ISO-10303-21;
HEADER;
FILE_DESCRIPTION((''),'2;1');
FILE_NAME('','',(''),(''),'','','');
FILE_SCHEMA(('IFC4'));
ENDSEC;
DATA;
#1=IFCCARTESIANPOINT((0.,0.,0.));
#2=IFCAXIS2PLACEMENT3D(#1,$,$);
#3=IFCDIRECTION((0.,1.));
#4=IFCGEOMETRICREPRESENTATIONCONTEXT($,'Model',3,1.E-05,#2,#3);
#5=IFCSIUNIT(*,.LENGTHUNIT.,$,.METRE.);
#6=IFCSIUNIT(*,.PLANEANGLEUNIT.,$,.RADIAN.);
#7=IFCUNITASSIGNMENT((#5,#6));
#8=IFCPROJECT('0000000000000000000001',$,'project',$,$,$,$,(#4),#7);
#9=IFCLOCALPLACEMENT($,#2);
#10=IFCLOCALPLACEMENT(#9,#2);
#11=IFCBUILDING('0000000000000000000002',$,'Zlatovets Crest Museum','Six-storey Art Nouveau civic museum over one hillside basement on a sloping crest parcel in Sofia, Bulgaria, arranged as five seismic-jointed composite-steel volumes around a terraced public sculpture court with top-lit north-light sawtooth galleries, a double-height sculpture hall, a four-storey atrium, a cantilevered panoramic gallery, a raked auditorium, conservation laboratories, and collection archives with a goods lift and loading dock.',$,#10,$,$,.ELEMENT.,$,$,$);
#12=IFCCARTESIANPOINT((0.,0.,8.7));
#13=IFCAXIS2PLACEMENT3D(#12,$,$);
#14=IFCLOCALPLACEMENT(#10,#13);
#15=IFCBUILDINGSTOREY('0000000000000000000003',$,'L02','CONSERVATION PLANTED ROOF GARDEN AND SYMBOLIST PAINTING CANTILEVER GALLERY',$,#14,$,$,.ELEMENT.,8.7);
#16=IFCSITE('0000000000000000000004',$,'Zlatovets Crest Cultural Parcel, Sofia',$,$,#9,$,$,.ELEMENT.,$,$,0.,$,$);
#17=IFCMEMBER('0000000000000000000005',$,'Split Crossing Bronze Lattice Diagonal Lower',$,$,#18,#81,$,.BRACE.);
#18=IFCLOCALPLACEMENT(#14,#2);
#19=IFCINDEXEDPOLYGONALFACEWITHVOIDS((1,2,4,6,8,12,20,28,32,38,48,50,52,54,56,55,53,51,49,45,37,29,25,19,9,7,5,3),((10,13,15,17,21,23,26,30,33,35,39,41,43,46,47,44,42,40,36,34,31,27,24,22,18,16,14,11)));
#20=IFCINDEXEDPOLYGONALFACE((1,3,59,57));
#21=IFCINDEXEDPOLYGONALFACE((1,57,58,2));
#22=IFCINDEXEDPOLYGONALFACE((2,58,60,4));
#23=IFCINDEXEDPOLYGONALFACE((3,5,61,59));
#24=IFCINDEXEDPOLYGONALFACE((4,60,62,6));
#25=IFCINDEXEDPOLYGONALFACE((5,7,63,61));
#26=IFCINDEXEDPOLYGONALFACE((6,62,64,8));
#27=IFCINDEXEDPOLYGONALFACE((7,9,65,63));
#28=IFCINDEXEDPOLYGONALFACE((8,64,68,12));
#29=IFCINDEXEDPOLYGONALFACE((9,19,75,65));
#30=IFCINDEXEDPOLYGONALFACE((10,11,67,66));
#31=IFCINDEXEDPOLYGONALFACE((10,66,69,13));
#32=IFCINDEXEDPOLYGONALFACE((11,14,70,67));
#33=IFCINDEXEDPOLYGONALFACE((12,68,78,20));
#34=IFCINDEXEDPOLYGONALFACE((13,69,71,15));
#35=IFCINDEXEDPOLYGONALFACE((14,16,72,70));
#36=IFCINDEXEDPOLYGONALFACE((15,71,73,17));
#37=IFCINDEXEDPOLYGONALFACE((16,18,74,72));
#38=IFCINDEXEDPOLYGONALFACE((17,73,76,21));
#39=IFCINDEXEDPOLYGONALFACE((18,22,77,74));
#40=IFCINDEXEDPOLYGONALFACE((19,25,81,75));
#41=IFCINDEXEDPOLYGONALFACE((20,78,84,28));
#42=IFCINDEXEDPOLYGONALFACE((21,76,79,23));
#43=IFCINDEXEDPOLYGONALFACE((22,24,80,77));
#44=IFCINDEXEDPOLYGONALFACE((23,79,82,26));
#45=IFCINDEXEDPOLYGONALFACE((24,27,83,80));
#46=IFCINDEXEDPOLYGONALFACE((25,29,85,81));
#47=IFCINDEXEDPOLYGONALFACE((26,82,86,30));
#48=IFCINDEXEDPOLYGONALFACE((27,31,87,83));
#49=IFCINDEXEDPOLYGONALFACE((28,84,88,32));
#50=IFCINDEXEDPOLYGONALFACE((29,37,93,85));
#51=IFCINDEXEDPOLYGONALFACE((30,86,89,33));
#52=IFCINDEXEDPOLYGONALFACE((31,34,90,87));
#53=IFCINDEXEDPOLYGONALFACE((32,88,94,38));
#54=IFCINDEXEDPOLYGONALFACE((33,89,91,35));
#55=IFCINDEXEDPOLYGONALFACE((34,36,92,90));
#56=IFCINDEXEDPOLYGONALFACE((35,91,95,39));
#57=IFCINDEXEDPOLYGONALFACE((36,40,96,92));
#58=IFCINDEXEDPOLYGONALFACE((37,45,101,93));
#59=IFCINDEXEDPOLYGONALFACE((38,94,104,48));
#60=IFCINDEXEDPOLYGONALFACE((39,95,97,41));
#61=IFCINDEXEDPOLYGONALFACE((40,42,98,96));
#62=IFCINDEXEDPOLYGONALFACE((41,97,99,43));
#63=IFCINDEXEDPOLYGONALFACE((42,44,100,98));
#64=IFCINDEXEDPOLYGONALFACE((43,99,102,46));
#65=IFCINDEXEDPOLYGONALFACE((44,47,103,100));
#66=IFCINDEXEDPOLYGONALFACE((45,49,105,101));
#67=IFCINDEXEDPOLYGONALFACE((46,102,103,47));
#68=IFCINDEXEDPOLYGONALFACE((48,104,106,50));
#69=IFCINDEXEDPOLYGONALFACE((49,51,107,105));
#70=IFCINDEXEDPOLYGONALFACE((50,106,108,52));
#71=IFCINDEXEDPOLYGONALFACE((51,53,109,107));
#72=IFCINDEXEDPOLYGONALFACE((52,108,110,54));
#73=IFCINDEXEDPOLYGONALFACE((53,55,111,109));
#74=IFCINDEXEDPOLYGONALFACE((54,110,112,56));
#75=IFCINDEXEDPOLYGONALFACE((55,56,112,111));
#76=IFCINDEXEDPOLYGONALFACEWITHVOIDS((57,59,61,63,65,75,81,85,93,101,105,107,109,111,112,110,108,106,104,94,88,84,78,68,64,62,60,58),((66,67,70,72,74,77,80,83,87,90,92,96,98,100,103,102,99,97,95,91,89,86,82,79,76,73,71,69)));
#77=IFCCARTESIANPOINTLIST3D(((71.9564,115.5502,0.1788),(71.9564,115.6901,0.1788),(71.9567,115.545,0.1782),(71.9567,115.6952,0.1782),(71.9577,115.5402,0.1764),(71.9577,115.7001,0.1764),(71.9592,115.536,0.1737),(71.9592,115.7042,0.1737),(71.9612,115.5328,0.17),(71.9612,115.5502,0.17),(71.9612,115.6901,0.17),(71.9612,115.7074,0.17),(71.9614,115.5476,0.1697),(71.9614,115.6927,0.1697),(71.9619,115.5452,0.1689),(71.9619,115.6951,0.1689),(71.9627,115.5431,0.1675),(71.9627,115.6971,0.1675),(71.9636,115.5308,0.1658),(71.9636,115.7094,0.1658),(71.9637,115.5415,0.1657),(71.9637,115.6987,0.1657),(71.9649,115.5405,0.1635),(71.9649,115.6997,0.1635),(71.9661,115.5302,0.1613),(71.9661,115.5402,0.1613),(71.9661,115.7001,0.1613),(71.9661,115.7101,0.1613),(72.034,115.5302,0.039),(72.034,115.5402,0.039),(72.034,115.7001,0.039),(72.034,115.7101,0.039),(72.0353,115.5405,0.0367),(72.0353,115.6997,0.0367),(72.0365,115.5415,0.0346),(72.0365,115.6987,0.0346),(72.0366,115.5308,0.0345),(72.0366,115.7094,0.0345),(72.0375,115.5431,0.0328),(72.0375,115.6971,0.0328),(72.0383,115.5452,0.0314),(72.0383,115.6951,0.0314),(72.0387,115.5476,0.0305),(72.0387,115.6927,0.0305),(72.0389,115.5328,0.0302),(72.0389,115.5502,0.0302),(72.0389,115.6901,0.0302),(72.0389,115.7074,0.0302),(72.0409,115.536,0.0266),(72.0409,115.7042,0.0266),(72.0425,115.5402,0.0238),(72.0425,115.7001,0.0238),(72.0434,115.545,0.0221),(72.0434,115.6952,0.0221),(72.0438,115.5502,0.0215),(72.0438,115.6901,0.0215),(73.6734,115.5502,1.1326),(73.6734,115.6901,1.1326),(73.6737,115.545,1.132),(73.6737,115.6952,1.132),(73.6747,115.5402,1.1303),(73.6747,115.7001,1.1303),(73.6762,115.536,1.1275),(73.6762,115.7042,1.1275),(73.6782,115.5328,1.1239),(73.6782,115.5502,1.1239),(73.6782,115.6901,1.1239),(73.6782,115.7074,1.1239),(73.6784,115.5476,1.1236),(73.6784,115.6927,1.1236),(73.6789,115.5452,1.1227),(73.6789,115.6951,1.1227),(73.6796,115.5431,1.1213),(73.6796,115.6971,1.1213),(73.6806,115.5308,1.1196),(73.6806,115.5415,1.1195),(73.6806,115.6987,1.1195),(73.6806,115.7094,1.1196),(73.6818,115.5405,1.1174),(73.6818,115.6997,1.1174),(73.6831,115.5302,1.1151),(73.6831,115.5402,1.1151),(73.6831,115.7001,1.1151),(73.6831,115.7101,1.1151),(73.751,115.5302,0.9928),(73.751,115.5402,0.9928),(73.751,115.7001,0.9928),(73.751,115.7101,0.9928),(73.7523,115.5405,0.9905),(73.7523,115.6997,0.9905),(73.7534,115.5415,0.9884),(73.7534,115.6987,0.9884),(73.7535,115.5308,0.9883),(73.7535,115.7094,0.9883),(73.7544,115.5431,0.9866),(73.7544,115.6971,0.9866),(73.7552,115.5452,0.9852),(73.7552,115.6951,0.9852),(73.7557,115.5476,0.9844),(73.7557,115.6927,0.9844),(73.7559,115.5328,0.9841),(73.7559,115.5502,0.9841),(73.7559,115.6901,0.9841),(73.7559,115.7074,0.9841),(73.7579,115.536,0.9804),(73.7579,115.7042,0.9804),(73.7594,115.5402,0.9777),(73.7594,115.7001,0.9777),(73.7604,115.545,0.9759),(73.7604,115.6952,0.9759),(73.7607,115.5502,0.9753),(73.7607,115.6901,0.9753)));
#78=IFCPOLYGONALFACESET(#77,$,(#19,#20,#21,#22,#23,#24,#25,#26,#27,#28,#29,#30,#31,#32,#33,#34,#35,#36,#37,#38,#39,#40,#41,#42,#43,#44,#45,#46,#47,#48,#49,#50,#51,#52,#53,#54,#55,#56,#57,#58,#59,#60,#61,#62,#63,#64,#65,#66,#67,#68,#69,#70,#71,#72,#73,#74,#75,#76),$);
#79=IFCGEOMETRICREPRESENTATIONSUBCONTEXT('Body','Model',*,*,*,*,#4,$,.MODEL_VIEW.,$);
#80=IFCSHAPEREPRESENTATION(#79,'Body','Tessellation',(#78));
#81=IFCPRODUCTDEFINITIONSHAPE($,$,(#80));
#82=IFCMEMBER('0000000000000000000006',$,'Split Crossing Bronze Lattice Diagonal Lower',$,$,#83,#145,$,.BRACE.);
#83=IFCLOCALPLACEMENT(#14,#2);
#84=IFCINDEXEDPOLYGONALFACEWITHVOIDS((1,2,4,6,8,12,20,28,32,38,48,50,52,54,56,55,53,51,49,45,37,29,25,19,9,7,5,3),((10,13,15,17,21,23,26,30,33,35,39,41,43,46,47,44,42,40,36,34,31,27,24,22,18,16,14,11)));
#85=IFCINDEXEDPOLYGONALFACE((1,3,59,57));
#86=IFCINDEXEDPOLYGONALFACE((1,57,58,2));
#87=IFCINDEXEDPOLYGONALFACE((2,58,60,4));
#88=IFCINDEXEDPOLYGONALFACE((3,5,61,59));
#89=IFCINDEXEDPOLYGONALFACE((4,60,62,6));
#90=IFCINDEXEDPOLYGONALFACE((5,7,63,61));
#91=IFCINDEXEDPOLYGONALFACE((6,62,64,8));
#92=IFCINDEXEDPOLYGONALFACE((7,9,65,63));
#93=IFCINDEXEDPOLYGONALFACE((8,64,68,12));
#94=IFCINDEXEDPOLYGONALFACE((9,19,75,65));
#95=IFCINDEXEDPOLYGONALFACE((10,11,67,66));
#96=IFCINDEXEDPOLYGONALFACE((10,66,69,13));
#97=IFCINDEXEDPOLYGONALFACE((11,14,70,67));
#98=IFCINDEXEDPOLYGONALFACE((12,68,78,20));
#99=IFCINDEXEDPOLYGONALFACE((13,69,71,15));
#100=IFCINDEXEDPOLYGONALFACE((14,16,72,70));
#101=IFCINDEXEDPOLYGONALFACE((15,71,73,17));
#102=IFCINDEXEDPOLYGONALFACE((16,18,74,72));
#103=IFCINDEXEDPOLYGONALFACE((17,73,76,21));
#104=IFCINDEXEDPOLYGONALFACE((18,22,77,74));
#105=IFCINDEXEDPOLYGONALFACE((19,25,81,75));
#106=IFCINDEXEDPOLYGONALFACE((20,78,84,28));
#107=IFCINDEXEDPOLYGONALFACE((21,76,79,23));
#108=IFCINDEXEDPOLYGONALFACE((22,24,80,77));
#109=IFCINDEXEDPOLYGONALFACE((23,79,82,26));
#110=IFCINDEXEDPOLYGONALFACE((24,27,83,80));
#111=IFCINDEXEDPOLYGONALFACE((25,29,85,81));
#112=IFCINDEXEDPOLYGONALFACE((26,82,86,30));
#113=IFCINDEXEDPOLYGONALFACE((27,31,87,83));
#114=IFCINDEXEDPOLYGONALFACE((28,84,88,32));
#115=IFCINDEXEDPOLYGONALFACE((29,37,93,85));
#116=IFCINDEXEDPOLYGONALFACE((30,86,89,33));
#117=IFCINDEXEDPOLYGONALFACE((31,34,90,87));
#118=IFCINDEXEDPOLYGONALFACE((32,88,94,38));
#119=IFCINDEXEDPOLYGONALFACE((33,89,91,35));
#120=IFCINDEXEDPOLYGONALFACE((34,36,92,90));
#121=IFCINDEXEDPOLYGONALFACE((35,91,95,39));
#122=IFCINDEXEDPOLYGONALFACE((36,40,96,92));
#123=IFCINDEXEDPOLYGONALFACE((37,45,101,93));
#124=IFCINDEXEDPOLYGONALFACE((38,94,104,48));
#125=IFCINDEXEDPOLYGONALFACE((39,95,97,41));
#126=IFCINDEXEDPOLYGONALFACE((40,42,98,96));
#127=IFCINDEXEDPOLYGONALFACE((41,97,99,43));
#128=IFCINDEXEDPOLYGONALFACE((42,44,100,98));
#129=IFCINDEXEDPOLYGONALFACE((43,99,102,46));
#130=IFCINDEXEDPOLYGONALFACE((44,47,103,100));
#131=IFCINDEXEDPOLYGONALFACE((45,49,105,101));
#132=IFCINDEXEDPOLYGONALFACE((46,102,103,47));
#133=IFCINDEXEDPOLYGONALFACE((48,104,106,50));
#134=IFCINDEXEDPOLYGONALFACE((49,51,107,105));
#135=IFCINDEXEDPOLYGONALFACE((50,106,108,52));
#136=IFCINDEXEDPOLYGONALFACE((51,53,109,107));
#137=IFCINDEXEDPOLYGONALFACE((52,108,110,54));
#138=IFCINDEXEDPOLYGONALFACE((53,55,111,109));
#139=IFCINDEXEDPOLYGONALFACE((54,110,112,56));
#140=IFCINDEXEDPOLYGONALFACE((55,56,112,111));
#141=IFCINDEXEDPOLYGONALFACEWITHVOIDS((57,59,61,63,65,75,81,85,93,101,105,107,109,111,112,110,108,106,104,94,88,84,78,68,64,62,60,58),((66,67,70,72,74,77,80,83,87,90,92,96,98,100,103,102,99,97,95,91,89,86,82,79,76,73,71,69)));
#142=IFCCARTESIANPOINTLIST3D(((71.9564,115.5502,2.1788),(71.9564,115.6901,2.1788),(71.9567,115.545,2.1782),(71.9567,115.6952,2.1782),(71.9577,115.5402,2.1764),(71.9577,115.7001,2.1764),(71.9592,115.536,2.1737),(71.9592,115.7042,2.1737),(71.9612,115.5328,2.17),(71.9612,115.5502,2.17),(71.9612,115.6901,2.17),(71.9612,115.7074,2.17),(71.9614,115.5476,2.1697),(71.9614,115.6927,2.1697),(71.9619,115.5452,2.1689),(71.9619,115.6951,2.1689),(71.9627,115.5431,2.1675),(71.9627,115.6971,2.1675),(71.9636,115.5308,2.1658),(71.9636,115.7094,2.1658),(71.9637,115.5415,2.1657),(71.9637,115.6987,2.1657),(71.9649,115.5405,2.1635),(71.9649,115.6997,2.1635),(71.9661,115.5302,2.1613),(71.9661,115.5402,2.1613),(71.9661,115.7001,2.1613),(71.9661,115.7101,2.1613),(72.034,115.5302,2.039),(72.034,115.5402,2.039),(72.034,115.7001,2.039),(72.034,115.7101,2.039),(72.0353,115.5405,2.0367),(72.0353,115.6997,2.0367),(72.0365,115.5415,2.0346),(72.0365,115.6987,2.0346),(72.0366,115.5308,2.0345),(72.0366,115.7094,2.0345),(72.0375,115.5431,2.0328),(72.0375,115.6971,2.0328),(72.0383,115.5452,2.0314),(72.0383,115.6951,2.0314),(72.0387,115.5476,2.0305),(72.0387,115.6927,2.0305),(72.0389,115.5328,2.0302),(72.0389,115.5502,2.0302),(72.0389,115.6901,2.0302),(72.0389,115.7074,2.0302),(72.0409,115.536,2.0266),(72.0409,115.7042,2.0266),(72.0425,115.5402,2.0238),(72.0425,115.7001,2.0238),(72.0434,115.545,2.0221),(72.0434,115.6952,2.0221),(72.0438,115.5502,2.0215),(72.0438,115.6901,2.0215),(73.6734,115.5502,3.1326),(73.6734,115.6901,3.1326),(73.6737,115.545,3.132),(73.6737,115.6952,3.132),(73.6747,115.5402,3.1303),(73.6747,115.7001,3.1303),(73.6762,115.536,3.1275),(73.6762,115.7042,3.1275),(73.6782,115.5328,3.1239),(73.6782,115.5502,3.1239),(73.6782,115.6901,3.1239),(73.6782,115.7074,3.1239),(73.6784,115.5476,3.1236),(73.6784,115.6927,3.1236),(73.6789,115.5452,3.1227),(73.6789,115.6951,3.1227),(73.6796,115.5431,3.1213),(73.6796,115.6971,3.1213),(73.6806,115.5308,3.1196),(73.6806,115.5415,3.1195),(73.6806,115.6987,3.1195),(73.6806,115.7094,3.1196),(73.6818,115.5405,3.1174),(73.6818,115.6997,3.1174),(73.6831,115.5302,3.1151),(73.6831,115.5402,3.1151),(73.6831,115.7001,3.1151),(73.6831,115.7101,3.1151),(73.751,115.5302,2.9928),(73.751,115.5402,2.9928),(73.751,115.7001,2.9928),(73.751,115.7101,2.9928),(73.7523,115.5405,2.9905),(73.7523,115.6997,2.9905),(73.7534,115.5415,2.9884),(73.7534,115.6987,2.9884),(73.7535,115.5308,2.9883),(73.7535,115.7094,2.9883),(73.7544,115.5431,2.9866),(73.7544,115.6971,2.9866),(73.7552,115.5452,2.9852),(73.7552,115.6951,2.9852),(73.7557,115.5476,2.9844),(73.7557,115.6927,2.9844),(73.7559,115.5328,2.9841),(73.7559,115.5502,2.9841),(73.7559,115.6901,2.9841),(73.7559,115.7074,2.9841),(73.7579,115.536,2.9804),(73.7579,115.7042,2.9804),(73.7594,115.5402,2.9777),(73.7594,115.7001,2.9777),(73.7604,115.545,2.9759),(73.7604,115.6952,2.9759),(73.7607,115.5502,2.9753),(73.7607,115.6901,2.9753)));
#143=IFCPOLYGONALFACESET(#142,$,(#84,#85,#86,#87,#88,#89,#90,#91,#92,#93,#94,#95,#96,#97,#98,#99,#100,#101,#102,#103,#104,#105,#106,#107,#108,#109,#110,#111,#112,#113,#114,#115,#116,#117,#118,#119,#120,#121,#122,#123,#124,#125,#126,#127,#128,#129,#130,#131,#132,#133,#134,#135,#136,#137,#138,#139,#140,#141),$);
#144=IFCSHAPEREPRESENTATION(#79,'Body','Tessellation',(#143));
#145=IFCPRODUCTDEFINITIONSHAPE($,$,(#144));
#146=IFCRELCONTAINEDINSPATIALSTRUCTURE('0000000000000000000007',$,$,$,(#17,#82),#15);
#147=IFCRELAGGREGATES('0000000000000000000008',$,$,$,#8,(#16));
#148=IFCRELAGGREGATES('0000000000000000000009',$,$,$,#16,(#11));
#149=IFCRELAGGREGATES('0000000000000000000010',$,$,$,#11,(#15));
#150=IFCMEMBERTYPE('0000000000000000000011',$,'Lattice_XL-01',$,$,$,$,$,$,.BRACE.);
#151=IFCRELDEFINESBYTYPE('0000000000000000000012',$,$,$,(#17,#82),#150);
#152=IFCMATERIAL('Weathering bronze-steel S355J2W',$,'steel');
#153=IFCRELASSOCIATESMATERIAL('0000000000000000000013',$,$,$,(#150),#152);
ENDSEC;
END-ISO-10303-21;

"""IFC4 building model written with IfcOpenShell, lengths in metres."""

from ifc_helpers import new_model, si_unit, direction, frame, origin, origin_2d, place, context, subcontext, project, spatial, hollow_rectangle, extrude, material, material_profile, profile_set, type_object, element, save


model = new_model("IFC4")

# Units and contexts
model_context = context("Model", 3, precision=1e-05, world=origin(), true_north=direction((0.0, 1.0)))
body_context = subcontext(model_context, "Body", "Model", "MODEL_VIEW")
ifc_project = project(units=[si_unit("LENGTHUNIT", "METRE"), si_unit("PLANEANGLEUNIT", "RADIAN")], contexts=[model_context])

# Site, building, storey
site_placement = place(None, origin())
site = spatial("IfcSite", under=ifc_project, at=site_placement, Name="Zlatovets Crest Cultural Parcel, Sofia", CompositionType="ELEMENT", RefElevation=0.0)
building_placement = place(site_placement, origin())
building = spatial("IfcBuilding", under=site, at=building_placement, Name="Zlatovets Crest Museum", Description="Six-storey Art Nouveau civic museum over one hillside basement on a sloping crest parcel in Sofia, Bulgaria, arranged as five seismic-jointed composite-steel volumes around a terraced public sculpture court with top-lit north-light sawtooth galleries, a double-height sculpture hall, a four-storey atrium, a cantilevered panoramic gallery, a raked auditorium, conservation laboratories, and collection archives with a goods lift and loading dock.", CompositionType="ELEMENT")
storey_placement = place(building_placement, frame((0.0, 0.0, 8.7)))
storey = spatial("IfcBuildingStorey", under=building, at=storey_placement, Name="L02", Description="CONSERVATION PLANTED ROOF GARDEN AND SYMBOLIST PAINTING CANTILEVER GALLERY", CompositionType="ELEMENT", Elevation=8.7)

# Members
ifc_material_1 = material(Name="Weathering bronze-steel S355J2W", Category="steel")
ifc_material_profile_1 = material_profile(ifc_material_1, hollow_rectangle(XDim=0.1799, YDim=0.1799, WallThickness=0.01, InnerFilletRadius=0.01, OuterFilletRadius=0.02, at=origin_2d()), Name="SHS 180x180x10.0")
ifc_profile_set_1 = profile_set([ifc_material_profile_1], Name="Weathering bronze-steel S355J2W")
member_type_1 = type_object("IfcMemberType", Name="Lattice_XL-01", PredefinedType="BRACE", material=ifc_profile_set_1)
for number, where, z_axis, x_axis, name in (
    (1, (73.717, 115.6201, 1.054), (-0.874169, 0.0, -0.485622), (0.0, -1.0, 0.0), "Split Crossing Bronze Lattice Diagonal Lower"),
    (2, (73.717, 115.6201, 3.054), (-0.874169, 0.0, -0.485622), (0.0, -1.0, 0.0), "Split Crossing Bronze Lattice Diagonal Lower"),
):
    element("IfcMember", number, at=place(storey_placement, frame(where, z_axis=z_axis, x_axis=x_axis)), inside=storey, type_object=member_type_1, Name=name, PredefinedType="BRACE", context=body_context, shape_type="SweptSolid", body=[
        extrude(hollow_rectangle(XDim=0.1799, YDim=0.1799, WallThickness=0.01, InnerFilletRadius=0.01, OuterFilletRadius=0.02, at=origin_2d()), origin(), (0.0, 0.0, 1.0), 1.9641),
    ])

save(model, "model.ifc")
